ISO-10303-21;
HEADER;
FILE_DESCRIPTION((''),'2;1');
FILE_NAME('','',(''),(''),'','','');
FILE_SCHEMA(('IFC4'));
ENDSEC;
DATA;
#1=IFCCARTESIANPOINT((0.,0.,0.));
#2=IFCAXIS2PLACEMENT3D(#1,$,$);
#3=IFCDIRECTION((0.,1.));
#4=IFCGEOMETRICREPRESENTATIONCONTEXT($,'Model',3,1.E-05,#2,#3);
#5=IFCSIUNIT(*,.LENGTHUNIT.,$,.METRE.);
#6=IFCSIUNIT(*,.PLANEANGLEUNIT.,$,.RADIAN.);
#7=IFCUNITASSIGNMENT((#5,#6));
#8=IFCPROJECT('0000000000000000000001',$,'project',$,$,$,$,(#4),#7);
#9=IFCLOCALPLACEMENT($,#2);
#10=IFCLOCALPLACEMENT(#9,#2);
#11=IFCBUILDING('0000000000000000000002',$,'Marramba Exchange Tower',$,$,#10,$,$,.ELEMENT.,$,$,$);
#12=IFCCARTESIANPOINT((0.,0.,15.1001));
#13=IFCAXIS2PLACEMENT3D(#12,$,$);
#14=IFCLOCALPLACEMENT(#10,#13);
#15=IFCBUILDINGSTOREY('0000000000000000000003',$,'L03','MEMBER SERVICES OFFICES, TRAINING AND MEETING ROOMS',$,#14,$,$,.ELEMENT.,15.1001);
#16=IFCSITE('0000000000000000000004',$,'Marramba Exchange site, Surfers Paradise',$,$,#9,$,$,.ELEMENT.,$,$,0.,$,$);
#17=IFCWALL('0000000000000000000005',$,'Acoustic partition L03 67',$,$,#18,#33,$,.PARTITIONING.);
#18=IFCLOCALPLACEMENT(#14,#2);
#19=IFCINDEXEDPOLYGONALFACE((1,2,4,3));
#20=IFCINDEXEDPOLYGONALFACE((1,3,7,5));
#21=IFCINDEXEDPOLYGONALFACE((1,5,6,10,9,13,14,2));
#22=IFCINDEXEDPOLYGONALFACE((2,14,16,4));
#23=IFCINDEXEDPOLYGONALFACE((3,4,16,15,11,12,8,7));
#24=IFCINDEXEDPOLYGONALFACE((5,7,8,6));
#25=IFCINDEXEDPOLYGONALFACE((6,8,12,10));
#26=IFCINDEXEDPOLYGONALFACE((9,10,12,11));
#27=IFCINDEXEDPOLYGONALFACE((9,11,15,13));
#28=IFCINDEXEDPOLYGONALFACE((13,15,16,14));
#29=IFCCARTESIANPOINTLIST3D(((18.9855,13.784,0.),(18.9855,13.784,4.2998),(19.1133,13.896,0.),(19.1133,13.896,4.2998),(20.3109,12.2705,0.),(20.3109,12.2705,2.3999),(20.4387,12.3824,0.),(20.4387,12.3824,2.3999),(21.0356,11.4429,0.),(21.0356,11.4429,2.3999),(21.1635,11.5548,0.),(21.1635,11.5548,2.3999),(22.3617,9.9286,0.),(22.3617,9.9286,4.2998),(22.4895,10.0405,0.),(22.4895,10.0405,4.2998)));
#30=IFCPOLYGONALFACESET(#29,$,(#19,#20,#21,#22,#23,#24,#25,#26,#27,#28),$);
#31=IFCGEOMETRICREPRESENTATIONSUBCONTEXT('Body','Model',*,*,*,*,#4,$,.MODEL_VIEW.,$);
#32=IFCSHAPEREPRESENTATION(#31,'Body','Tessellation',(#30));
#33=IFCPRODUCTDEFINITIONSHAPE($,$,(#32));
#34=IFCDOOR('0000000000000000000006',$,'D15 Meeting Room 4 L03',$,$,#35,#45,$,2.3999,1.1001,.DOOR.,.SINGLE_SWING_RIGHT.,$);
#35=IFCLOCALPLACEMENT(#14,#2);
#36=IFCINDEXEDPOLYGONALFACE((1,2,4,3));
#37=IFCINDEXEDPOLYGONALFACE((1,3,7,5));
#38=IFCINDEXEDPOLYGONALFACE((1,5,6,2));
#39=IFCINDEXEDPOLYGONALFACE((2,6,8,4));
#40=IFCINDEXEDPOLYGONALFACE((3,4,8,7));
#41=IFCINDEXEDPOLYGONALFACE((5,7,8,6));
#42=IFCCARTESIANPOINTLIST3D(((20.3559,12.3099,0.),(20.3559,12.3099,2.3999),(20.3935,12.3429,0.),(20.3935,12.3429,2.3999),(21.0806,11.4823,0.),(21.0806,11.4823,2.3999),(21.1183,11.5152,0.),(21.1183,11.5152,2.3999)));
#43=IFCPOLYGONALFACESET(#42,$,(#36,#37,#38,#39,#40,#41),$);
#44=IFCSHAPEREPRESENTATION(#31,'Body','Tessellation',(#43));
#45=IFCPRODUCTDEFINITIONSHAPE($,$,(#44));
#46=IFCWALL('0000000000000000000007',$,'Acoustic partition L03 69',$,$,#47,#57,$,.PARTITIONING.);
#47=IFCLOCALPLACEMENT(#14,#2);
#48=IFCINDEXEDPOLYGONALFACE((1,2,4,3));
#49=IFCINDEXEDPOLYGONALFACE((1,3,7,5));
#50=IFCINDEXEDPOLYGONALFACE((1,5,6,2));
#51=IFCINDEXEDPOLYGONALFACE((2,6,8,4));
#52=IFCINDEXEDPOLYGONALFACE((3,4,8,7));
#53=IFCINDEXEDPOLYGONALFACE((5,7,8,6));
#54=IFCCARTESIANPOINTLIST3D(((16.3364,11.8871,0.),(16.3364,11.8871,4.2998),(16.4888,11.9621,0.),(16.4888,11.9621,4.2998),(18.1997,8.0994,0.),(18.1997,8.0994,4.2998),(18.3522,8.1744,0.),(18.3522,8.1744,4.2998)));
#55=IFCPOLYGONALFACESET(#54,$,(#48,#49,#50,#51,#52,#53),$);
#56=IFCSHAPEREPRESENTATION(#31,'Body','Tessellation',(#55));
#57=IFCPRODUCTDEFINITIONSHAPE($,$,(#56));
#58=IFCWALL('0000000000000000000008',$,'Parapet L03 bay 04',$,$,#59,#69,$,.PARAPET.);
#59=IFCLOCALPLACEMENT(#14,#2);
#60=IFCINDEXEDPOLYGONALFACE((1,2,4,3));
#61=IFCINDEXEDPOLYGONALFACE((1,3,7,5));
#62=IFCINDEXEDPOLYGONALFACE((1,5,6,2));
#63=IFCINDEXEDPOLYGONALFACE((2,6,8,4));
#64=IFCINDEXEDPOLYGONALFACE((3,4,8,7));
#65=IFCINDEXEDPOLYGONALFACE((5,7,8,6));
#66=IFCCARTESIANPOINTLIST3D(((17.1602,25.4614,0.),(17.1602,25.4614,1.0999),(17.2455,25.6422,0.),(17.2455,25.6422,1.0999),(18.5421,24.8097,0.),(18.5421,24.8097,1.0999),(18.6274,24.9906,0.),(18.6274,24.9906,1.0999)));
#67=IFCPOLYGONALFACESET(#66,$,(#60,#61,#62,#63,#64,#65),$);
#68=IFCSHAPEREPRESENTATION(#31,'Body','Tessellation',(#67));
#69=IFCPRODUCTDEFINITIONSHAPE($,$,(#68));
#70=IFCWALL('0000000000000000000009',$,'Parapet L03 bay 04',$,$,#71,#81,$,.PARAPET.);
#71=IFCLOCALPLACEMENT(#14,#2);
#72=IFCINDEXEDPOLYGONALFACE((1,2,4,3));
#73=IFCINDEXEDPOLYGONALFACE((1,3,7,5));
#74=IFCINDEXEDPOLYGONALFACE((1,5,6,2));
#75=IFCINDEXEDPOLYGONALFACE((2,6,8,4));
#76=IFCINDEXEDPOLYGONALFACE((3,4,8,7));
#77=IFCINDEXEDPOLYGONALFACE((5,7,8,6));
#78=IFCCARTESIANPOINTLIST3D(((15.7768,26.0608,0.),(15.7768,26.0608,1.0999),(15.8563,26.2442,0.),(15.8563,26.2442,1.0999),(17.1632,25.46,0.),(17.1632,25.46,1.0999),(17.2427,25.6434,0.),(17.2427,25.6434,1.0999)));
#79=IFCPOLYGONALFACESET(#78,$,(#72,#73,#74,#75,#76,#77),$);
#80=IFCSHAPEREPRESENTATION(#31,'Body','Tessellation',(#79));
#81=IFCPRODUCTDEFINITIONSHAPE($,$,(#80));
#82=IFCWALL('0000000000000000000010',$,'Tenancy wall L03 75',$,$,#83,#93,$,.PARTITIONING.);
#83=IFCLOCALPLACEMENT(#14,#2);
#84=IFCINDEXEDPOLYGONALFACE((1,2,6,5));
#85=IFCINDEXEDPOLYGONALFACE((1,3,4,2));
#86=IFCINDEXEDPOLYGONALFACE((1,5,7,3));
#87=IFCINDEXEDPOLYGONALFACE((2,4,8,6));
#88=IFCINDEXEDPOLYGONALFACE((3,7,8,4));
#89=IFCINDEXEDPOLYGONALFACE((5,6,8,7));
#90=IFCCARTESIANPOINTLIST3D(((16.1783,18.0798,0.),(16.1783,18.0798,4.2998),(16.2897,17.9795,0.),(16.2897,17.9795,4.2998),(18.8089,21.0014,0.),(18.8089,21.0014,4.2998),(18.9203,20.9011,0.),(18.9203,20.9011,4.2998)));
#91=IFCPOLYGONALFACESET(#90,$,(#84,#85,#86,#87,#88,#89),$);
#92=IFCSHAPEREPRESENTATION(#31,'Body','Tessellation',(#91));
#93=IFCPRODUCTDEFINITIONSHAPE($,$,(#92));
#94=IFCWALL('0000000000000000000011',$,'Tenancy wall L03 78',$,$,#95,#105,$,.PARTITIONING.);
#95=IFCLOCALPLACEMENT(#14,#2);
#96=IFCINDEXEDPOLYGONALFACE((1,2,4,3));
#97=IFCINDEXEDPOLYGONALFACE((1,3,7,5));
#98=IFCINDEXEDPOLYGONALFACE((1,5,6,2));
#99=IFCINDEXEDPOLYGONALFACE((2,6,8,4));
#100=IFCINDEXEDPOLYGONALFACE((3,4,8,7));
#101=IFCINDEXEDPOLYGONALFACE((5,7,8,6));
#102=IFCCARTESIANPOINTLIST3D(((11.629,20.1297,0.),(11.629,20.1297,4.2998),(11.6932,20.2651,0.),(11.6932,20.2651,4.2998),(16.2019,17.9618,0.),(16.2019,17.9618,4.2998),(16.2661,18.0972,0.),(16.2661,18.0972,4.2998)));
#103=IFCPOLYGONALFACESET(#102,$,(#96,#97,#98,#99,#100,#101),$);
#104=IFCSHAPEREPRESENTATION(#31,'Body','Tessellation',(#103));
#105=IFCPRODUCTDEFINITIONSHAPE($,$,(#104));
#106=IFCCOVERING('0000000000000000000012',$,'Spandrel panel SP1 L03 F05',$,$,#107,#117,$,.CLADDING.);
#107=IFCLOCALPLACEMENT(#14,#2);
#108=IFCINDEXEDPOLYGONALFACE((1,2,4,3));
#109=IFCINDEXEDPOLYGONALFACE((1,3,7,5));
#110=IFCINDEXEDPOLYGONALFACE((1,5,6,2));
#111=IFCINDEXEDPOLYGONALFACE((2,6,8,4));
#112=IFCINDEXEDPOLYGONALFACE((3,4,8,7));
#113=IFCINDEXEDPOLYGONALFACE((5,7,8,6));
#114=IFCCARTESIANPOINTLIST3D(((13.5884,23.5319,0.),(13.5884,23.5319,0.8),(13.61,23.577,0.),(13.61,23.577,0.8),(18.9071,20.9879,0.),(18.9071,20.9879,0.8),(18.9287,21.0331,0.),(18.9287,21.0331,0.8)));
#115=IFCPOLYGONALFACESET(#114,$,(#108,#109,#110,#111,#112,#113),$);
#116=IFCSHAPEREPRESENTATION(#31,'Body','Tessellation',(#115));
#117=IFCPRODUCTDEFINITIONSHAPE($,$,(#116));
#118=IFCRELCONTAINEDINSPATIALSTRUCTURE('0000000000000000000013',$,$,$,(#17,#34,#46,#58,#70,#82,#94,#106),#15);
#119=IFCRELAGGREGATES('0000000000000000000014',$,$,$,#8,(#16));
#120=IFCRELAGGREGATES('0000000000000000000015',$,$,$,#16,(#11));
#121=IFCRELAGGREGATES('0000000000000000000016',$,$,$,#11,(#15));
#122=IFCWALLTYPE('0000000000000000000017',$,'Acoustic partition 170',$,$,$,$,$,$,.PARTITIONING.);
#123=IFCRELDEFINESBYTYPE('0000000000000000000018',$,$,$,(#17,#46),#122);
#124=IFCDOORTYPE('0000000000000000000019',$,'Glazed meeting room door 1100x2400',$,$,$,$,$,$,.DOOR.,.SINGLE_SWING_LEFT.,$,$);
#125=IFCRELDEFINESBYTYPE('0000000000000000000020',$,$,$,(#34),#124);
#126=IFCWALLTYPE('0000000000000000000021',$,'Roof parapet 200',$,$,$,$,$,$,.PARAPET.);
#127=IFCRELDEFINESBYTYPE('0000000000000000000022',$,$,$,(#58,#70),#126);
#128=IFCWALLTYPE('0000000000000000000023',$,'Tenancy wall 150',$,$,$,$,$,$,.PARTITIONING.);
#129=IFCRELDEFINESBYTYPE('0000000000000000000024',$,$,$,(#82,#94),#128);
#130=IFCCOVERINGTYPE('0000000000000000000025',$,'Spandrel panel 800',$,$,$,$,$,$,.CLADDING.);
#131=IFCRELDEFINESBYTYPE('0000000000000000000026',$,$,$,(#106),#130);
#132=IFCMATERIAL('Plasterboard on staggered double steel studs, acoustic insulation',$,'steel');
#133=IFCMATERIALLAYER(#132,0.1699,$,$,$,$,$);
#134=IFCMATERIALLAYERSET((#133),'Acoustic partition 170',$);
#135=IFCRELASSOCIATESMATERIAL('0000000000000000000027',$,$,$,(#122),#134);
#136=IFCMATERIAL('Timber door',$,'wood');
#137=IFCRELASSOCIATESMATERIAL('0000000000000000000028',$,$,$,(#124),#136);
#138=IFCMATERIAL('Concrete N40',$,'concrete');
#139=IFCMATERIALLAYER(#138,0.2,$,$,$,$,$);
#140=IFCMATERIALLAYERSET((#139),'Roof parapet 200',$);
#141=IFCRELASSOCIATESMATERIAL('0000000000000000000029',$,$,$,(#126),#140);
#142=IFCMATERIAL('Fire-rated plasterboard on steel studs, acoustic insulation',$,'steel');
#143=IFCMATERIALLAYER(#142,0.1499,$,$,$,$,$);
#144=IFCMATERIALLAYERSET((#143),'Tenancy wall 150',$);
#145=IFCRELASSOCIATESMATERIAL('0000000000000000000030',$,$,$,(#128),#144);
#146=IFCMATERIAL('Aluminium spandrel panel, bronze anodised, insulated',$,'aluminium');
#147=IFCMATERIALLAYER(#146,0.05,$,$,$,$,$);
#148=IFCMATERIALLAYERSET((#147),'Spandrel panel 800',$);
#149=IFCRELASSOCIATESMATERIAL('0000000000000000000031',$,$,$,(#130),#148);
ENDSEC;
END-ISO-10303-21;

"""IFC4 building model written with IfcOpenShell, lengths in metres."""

from ifc_helpers import new_model, si_unit, direction, frame, frame_2d, origin, origin_2d, place, context, subcontext, project, spatial, rectangle, extrude, material, layer, layer_set, type_object, element, fill, save


model = new_model("IFC4")

# Units and contexts
model_context = context("Model", 3, precision=1e-05, world=origin(), true_north=direction((0.0, 1.0)))
body_context = subcontext(model_context, "Body", "Model", "MODEL_VIEW")
ifc_project = project(units=[si_unit("LENGTHUNIT", "METRE"), si_unit("PLANEANGLEUNIT", "RADIAN")], contexts=[model_context])

# Site, building, storey
site_placement = place(None, origin())
site = spatial("IfcSite", under=ifc_project, at=site_placement, Name="Marramba Exchange site, Surfers Paradise", CompositionType="ELEMENT", RefElevation=0.0)
building_placement = place(site_placement, origin())
building = spatial("IfcBuilding", under=site, at=building_placement, Name="Marramba Exchange Tower", CompositionType="ELEMENT")
storey_placement = place(building_placement, frame((0.0, 0.0, 15.1001)))
storey = spatial("IfcBuildingStorey", under=building, at=storey_placement, Name="L03", Description="MEMBER SERVICES OFFICES, TRAINING AND MEETING ROOMS", CompositionType="ELEMENT", Elevation=15.1001)

# Wall, opening, door
ifc_material_1 = material(Name="Plasterboard on staggered double steel studs, acoustic insulation", Category="steel")
ifc_layer_1 = layer(ifc_material_1, 0.1699)
ifc_layer_set_1 = layer_set([ifc_layer_1], Name="Acoustic partition 170")
wall_type_1 = type_object("IfcWallType", Name="Acoustic partition 170", PredefinedType="PARTITIONING", material=ifc_layer_set_1)
wall_1_placement = place(storey_placement, frame((19.0493, 13.8401, 0.0), z_axis=(0.0, 0.0, 1.0), x_axis=(0.658801, -0.752317, 0.0)))
wall_1 = element("IfcWall", 1, at=wall_1_placement, inside=storey, type_object=wall_type_1, Name="Acoustic partition L03 67", PredefinedType="PARTITIONING", context=body_context, shape_type="SweptSolid", body=[
    extrude(rectangle(XDim=5.1248, YDim=0.1699, at=frame_2d((2.5625, 0.0))), origin(), (0.0, 0.0, 1.0), 4.2998),
])
opening_1_placement = place(wall_1_placement, frame((2.012, 0.0, 0.0)))
opening_1 = element("IfcOpeningElement", 2, at=opening_1_placement, cuts=wall_1, PredefinedType="OPENING", context=body_context, shape_type="SweptSolid", body=[
    extrude(rectangle(XDim=1.1001, YDim=2.3999, at=frame_2d((0.55, 1.2))), frame((0.0, 0.095, 0.0), z_axis=(0.0, -1.0, 0.0), x_axis=(1.0, 0.0, 0.0)), (0.0, 0.0, 1.0), 0.1899),
])
ifc_material_2 = material(Name="Timber door", Category="wood")
door_type_1 = type_object("IfcDoorType", Name="Glazed meeting room door 1100x2400", OperationType="SINGLE_SWING_LEFT", PredefinedType="DOOR", material=ifc_material_2)
door_1_placement = place(opening_1_placement, origin())
door_1 = element("IfcDoor", 3, at=door_1_placement, inside=storey, type_object=door_type_1, Name="D15 Meeting Room 4 L03", OperationType="SINGLE_SWING_RIGHT", OverallHeight=2.3999, OverallWidth=1.1001, PredefinedType="DOOR", context=body_context, shape_type="SweptSolid", body=[
    extrude(rectangle(XDim=1.1001, YDim=2.3999, at=frame_2d((0.55, 1.2))), frame((0.0, 0.0249, 0.0), z_axis=(0.0, -1.0, 0.0), x_axis=(1.0, 0.0, 0.0)), (0.0, 0.0, 1.0), 0.05),
])
fill(opening_1, door_1)

# Walls
wall_2_placement = place(storey_placement, frame((16.4126, 11.9246, 0.0), z_axis=(0.0, 0.0, 1.0), x_axis=(0.44142, -0.8973, 0.0)))
element("IfcWall", 4, at=wall_2_placement, inside=storey, type_object=wall_type_1, Name="Acoustic partition L03 69", PredefinedType="PARTITIONING", context=body_context, shape_type="SweptSolid", body=[
    extrude(rectangle(XDim=4.2212, YDim=0.1699, at=frame_2d((2.1106, 0.0))), origin(), (0.0, 0.0, 1.0), 4.2998),
])
ifc_material_3 = material(Name="Concrete N40", Category="concrete")
ifc_layer_2 = layer(ifc_material_3, 0.2)
ifc_layer_set_2 = layer_set([ifc_layer_2], Name="Roof parapet 200")
wall_type_2 = type_object("IfcWallType", Name="Roof parapet 200", PredefinedType="PARAPET", material=ifc_layer_set_2)
wall_3_placement = place(storey_placement, frame((18.5847, 24.9001, 0.0), z_axis=(0.0, 0.0, 1.0), x_axis=(-0.904482, 0.426513, 0.0)))
element("IfcWall", 5, at=wall_3_placement, inside=storey, type_object=wall_type_2, Name="Parapet L03 bay 04", PredefinedType="PARAPET", context=body_context, shape_type="SweptSolid", body=[
    extrude(rectangle(XDim=1.5278, YDim=0.2, at=frame_2d((0.7639, 0.0))), origin(), (0.0, 0.0, 1.0), 1.0999),
])
wall_4_placement = place(storey_placement, frame((17.2029, 25.5518, 0.0), z_axis=(0.0, 0.0, 1.0), x_axis=(-0.91755, 0.397621, 0.0)))
element("IfcWall", 6, at=wall_4_placement, inside=storey, type_object=wall_type_2, Name="Parapet L03 bay 04", PredefinedType="PARAPET", context=body_context, shape_type="SweptSolid", body=[
    extrude(rectangle(XDim=1.511, YDim=0.2, at=frame_2d((0.7554, 0.0))), origin(), (0.0, 0.0, 1.0), 1.0999),
])

# Shared definitions
ifc_material_4 = material(Name="Fire-rated plasterboard on steel studs, acoustic insulation", Category="steel")
ifc_layer_3 = layer(ifc_material_4, 0.1499)
ifc_layer_set_3 = layer_set([ifc_layer_3], Name="Tenancy wall 150")
wall_type_3 = type_object("IfcWallType", Name="Tenancy wall 150", PredefinedType="PARTITIONING", material=ifc_layer_set_3)

# Walls
wall_5_placement = place(storey_placement, frame((16.2339, 18.0295, 0.0), z_axis=(0.0, 0.0, 1.0), x_axis=(0.669126, 0.743149, 0.0)))
element("IfcWall", 7, at=wall_5_placement, inside=storey, type_object=wall_type_3, Name="Tenancy wall L03 75", PredefinedType="PARTITIONING", context=body_context, shape_type="SweptSolid", body=[
    extrude(rectangle(XDim=3.9314, YDim=0.1499, at=frame_2d((1.9658, 0.0))), origin(), (0.0, 0.0, 1.0), 4.2998),
])
wall_6_placement = place(storey_placement, frame((16.2339, 18.0295, 0.0), z_axis=(0.0, 0.0, 1.0), x_axis=(-0.903599, 0.428379, 0.0)))
element("IfcWall", 8, at=wall_6_placement, inside=storey, type_object=wall_type_3, Name="Tenancy wall L03 78", PredefinedType="PARTITIONING", context=body_context, shape_type="SweptSolid", body=[
    extrude(rectangle(XDim=5.0608, YDim=0.1499, at=frame_2d((2.5303, 0.0))), origin(), (0.0, 0.0, 1.0), 4.2998),
])

# Covering
ifc_material_5 = material(Name="Aluminium spandrel panel, bronze anodised, insulated", Category="aluminium")
ifc_layer_4 = layer(ifc_material_5, 0.05)
ifc_layer_set_4 = layer_set([ifc_layer_4], Name="Spandrel panel 800")
covering_type = type_object("IfcCoveringType", Name="Spandrel panel 800", PredefinedType="CLADDING", material=ifc_layer_set_4)
covering_placement = place(storey_placement, frame((16.2585, 22.2825, 0.0), z_axis=(0.0, 0.0, 1.0), x_axis=(-0.90212, 0.431486, 0.0)))
element("IfcCovering", 9, at=covering_placement, inside=storey, type_object=covering_type, Name="Spandrel panel SP1 L03 F05", PredefinedType="CLADDING", context=body_context, shape_type="SweptSolid", body=[
    extrude(rectangle(XDim=5.8958, YDim=0.05, at=origin_2d()), origin(), (0.0, 0.0, 1.0), 0.8),
])

save(model, "model.ifc")
